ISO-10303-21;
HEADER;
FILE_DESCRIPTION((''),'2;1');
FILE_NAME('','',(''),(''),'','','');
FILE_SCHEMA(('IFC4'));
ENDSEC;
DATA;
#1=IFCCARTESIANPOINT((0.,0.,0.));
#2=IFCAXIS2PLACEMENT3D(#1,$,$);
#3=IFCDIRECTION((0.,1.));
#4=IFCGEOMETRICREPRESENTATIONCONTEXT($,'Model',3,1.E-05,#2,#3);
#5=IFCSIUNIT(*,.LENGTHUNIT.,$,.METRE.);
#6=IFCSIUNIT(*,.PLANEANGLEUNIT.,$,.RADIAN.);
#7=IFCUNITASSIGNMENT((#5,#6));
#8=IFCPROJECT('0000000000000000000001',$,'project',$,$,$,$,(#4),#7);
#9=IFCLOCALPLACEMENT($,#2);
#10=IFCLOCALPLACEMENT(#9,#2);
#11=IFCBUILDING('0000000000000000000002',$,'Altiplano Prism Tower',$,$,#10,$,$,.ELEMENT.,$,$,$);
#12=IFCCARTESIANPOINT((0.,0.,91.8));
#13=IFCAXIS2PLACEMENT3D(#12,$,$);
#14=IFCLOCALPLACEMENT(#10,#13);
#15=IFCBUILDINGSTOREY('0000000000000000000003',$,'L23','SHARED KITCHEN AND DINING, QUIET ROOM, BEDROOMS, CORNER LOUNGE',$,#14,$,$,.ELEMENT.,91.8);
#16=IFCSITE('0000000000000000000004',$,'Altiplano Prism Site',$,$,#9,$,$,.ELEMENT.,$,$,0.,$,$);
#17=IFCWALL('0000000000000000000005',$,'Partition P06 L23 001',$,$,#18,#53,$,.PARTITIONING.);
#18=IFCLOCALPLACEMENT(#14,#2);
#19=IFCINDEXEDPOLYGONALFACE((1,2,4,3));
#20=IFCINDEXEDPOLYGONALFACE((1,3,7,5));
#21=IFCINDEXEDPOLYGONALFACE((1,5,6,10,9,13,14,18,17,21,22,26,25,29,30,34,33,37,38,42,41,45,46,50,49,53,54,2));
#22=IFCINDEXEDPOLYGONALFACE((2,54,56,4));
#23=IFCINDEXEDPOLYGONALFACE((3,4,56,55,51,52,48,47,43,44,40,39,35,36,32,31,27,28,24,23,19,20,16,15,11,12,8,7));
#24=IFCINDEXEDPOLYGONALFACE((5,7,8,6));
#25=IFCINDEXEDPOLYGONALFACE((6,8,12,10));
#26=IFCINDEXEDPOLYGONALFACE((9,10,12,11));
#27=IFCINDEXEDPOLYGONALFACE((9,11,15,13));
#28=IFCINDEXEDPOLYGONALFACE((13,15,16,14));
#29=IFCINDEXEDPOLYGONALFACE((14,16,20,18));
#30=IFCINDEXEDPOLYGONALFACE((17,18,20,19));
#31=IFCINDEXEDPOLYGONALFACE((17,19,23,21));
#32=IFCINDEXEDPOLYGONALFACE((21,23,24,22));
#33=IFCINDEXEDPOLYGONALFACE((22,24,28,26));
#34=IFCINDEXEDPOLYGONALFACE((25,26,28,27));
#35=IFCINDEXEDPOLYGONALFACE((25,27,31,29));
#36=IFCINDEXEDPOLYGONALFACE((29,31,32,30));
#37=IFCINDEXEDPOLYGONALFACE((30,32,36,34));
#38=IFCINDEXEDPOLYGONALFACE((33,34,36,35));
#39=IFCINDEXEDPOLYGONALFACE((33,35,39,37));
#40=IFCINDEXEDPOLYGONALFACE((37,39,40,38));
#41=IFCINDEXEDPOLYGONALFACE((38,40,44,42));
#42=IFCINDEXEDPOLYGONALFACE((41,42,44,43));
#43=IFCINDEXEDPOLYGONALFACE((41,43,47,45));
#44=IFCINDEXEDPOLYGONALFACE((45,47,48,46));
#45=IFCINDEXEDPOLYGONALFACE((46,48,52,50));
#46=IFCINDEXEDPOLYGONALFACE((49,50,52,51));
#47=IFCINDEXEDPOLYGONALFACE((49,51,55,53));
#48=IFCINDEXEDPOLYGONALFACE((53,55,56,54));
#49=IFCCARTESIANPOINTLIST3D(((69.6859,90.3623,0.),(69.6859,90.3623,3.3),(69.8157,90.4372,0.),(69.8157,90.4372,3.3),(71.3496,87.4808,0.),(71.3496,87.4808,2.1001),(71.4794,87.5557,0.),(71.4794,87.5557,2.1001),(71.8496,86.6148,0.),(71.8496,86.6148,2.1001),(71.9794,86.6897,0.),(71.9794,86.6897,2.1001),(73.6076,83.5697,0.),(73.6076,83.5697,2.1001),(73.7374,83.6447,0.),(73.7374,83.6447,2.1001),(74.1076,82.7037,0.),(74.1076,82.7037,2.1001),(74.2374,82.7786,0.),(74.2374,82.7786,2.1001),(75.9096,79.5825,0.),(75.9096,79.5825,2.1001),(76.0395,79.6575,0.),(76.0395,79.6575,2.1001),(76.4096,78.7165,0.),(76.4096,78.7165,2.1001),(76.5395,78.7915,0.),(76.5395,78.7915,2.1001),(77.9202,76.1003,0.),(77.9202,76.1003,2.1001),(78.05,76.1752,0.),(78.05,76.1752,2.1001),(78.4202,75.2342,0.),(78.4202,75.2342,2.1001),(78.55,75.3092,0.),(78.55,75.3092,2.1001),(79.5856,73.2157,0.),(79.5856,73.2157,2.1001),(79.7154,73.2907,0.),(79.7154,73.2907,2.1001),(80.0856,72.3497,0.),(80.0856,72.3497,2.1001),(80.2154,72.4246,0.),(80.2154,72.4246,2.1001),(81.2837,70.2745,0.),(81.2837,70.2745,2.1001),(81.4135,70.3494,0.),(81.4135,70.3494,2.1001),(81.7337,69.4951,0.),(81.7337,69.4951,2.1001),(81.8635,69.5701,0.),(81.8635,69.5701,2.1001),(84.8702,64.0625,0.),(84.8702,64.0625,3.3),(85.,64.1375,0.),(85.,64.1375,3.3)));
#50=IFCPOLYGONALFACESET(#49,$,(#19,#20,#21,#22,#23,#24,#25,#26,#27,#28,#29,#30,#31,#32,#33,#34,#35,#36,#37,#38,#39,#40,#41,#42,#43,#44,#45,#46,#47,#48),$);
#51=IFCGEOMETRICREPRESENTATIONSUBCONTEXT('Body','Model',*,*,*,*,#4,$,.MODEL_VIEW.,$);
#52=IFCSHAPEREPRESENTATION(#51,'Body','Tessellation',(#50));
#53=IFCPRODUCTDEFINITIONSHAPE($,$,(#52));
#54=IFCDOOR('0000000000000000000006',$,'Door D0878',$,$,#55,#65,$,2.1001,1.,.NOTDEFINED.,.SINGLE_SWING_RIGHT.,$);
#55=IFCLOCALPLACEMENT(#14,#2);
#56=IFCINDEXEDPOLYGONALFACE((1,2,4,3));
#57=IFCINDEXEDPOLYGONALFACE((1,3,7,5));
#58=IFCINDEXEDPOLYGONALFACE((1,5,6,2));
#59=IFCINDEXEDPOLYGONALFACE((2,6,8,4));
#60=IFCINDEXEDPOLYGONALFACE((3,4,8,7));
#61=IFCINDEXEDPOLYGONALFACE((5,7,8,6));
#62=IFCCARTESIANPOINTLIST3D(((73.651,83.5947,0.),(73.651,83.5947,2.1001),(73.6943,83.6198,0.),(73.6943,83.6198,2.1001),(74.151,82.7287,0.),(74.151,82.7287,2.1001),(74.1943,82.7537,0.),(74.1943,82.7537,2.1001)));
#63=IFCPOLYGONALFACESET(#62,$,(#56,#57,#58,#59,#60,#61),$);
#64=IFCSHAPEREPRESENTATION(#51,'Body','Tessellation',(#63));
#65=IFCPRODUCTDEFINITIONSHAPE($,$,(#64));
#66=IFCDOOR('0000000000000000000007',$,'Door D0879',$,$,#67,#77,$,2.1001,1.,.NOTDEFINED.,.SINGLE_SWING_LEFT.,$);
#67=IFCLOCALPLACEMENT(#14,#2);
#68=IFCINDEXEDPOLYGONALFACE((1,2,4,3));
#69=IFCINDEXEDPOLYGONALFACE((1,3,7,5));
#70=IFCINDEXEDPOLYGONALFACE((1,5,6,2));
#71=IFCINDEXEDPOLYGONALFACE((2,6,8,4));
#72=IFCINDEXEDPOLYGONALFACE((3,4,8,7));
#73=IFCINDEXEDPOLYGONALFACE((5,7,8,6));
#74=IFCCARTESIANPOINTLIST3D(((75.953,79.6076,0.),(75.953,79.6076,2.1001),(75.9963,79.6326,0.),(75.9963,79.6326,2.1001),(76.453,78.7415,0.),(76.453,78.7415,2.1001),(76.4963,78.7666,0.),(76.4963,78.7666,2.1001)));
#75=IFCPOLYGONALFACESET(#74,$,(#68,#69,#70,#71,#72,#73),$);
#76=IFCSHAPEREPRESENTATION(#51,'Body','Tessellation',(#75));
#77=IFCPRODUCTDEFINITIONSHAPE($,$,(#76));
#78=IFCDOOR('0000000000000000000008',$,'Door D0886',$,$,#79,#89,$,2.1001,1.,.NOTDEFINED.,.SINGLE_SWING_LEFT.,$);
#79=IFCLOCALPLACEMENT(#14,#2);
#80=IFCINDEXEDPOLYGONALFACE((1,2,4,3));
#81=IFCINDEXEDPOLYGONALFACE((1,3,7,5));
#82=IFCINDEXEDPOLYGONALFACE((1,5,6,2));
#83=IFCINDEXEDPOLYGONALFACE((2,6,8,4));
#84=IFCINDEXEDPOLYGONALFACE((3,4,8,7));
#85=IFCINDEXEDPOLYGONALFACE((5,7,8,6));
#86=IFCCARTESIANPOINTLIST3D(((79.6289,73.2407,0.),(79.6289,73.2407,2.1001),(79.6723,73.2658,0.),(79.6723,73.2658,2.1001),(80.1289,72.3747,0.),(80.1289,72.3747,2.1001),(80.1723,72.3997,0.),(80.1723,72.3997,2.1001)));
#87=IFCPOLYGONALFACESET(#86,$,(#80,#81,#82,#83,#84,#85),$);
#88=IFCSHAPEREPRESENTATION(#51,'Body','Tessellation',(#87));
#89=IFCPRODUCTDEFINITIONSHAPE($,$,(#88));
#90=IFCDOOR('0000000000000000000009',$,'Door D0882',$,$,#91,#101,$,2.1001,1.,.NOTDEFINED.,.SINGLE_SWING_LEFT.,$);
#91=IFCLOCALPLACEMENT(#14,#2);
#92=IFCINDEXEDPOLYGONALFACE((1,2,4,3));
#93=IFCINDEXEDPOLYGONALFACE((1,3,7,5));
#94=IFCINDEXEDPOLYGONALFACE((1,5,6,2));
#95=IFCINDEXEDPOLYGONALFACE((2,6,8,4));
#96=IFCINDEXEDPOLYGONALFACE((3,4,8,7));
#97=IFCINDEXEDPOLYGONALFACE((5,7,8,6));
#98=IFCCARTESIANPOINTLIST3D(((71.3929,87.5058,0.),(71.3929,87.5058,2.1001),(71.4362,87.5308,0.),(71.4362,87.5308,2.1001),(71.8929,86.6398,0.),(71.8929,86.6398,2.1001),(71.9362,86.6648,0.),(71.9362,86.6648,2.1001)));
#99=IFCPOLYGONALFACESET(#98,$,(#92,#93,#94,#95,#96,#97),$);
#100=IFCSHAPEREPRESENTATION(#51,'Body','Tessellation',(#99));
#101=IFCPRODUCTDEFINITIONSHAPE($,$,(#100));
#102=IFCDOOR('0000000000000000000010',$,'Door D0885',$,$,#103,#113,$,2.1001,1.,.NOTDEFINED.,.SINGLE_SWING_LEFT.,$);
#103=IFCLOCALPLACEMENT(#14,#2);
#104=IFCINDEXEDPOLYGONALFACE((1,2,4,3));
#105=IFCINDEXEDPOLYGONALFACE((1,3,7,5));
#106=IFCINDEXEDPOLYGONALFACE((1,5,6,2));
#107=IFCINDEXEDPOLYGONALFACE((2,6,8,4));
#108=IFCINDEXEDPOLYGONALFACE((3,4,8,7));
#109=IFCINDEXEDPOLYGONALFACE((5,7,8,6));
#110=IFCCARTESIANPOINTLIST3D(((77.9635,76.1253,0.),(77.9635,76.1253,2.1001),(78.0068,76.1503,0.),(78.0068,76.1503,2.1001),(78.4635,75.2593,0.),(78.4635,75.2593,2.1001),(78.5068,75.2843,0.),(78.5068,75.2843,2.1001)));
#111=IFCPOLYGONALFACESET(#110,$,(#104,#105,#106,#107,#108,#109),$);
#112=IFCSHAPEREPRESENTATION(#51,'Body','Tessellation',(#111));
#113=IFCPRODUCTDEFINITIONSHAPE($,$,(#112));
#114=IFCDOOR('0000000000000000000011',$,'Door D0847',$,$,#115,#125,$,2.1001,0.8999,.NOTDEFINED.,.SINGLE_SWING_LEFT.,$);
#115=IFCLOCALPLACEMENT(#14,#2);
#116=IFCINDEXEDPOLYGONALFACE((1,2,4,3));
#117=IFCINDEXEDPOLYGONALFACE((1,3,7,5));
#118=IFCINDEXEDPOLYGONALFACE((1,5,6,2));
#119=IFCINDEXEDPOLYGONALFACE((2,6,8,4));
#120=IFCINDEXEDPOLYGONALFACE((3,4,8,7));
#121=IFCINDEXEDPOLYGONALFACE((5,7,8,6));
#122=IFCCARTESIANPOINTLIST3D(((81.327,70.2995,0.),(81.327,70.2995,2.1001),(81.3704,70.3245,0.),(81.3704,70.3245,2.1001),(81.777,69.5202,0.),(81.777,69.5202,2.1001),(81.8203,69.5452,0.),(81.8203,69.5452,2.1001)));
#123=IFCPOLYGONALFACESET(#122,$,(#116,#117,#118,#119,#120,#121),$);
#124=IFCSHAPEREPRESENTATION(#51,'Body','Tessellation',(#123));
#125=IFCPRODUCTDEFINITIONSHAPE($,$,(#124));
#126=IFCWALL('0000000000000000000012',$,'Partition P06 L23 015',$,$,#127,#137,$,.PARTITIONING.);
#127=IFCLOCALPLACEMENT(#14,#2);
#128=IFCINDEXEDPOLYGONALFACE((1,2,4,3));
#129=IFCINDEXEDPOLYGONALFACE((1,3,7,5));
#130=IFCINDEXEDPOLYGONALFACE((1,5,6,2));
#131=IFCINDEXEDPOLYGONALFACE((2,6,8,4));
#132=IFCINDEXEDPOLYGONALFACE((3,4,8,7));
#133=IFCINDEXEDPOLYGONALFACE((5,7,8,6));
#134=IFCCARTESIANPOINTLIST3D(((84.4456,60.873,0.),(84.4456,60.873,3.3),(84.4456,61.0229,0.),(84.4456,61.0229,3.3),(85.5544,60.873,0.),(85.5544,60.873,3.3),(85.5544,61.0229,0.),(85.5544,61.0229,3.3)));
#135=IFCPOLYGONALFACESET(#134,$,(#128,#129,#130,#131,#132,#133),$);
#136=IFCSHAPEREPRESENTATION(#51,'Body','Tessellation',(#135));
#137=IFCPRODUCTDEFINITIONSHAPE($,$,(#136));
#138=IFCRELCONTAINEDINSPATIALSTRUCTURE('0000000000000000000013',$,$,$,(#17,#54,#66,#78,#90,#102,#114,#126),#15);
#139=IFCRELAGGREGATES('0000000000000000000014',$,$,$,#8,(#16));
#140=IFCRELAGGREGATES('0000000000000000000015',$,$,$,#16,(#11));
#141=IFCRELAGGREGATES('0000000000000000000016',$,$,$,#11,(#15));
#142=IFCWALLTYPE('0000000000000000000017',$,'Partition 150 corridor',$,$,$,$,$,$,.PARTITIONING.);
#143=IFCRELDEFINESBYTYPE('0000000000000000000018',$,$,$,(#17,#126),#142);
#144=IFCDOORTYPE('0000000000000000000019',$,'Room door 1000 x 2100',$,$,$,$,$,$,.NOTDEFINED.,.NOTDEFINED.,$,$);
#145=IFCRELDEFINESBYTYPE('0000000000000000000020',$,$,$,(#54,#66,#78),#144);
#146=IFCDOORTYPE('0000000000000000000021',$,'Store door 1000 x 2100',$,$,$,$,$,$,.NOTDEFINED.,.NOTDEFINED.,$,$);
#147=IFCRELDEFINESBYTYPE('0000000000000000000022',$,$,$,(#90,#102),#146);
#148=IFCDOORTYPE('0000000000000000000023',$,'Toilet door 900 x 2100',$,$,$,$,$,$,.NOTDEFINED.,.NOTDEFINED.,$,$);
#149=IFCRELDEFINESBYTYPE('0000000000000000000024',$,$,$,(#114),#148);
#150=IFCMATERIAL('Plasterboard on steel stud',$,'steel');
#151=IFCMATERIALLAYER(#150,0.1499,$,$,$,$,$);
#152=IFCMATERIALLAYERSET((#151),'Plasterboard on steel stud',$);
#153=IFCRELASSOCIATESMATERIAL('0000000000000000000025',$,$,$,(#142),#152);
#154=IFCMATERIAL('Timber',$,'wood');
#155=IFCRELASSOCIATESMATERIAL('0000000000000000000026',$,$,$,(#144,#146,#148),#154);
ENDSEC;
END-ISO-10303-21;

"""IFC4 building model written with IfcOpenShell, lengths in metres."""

from ifc_helpers import new_model, si_unit, direction, frame, frame_2d, origin, place, context, subcontext, project, spatial, rectangle, extrude, material, layer, layer_set, type_object, element, fill, save


model = new_model("IFC4")

# Units and contexts
model_context = context("Model", 3, precision=1e-05, world=origin(), true_north=direction((0.0, 1.0)))
body_context = subcontext(model_context, "Body", "Model", "MODEL_VIEW")
ifc_project = project(units=[si_unit("LENGTHUNIT", "METRE"), si_unit("PLANEANGLEUNIT", "RADIAN")], contexts=[model_context])

# Site, building, storey
site_placement = place(None, origin())
site = spatial("IfcSite", under=ifc_project, at=site_placement, Name="Altiplano Prism Site", CompositionType="ELEMENT", RefElevation=0.0)
building_placement = place(site_placement, origin())
building = spatial("IfcBuilding", under=site, at=building_placement, Name="Altiplano Prism Tower", CompositionType="ELEMENT")
storey_placement = place(building_placement, frame((0.0, 0.0, 91.8)))
storey = spatial("IfcBuildingStorey", under=building, at=storey_placement, Name="L23", Description="SHARED KITCHEN AND DINING, QUIET ROOM, BEDROOMS, CORNER LOUNGE", CompositionType="ELEMENT", Elevation=91.8)

# Shared definitions
ifc_material_1 = material(Name="Plasterboard on steel stud", Category="steel")

# Wall, openings, doors
ifc_layer_1 = layer(ifc_material_1, 0.1499)
ifc_layer_set_1 = layer_set([ifc_layer_1], Name="Plasterboard on steel stud")
wall_type_1 = type_object("IfcWallType", Name="Partition 150 corridor", PredefinedType="PARTITIONING", material=ifc_layer_set_1)
wall_1_placement = place(storey_placement, frame((84.9351, 64.1001, 0.0), z_axis=(0.0, 0.0, 1.0), x_axis=(-0.500003, 0.866024, 0.0)))
wall_1 = element("IfcWall", 1, at=wall_1_placement, inside=storey, type_object=wall_type_1, Name="Partition P06 L23 001", PredefinedType="PARTITIONING", context=body_context, shape_type="SweptSolid", body=[
    extrude(rectangle(XDim=30.3684, YDim=0.1499, at=frame_2d((15.1841, 0.0))), origin(), (0.0, 0.0, 1.0), 3.3),
])
opening_1_placement = place(wall_1_placement, frame((6.2729, 0.0, 0.0)))
opening_1 = element("IfcOpeningElement", 2, at=opening_1_placement, cuts=wall_1, PredefinedType="OPENING", context=body_context, shape_type="SweptSolid", body=[
    extrude(rectangle(XDim=0.8999, YDim=2.1001, at=frame_2d((0.45, 1.05))), frame((0.0, 0.0854, 0.0), z_axis=(0.0, -1.0, 0.0), x_axis=(1.0, 0.0, 0.0)), (0.0, 0.0, 1.0), 0.1709),
])
opening_2_placement = place(wall_1_placement, frame((21.5249, 0.0, 0.0)))
opening_2 = element("IfcOpeningElement", 3, at=opening_2_placement, cuts=wall_1, PredefinedType="OPENING", context=body_context, shape_type="SweptSolid", body=[
    extrude(rectangle(XDim=1.0, YDim=2.1001, at=frame_2d((0.5, 1.05))), frame((0.0, 0.0854, 0.0), z_axis=(0.0, -1.0, 0.0), x_axis=(1.0, 0.0, 0.0)), (0.0, 0.0, 1.0), 0.1709),
])
opening_3_placement = place(wall_1_placement, frame((16.9209, 0.0, 0.0)))
opening_3 = element("IfcOpeningElement", 4, at=opening_3_placement, cuts=wall_1, PredefinedType="OPENING", context=body_context, shape_type="SweptSolid", body=[
    extrude(rectangle(XDim=1.0, YDim=2.1001, at=frame_2d((0.5, 1.05))), frame((0.0, 0.0854, 0.0), z_axis=(0.0, -1.0, 0.0), x_axis=(1.0, 0.0, 0.0)), (0.0, 0.0, 1.0), 0.1709),
])
opening_4_placement = place(wall_1_placement, frame((26.041, 0.0, 0.0)))
opening_4 = element("IfcOpeningElement", 5, at=opening_4_placement, cuts=wall_1, PredefinedType="OPENING", context=body_context, shape_type="SweptSolid", body=[
    extrude(rectangle(XDim=1.0, YDim=2.1001, at=frame_2d((0.5, 1.05))), frame((0.0, 0.0854, 0.0), z_axis=(0.0, -1.0, 0.0), x_axis=(1.0, 0.0, 0.0)), (0.0, 0.0, 1.0), 0.1709),
])
opening_5_placement = place(wall_1_placement, frame((12.8999, 0.0, 0.0)))
opening_5 = element("IfcOpeningElement", 6, at=opening_5_placement, cuts=wall_1, PredefinedType="OPENING", context=body_context, shape_type="SweptSolid", body=[
    extrude(rectangle(XDim=1.0, YDim=2.1001, at=frame_2d((0.5, 1.05))), frame((0.0, 0.0854, 0.0), z_axis=(0.0, -1.0, 0.0), x_axis=(1.0, 0.0, 0.0)), (0.0, 0.0, 1.0), 0.1709),
])
opening_6_placement = place(wall_1_placement, frame((9.5691, 0.0, 0.0)))
opening_6 = element("IfcOpeningElement", 7, at=opening_6_placement, cuts=wall_1, PredefinedType="OPENING", context=body_context, shape_type="SweptSolid", body=[
    extrude(rectangle(XDim=1.0, YDim=2.1001, at=frame_2d((0.5, 1.05))), frame((0.0, 0.0854, 0.0), z_axis=(0.0, -1.0, 0.0), x_axis=(1.0, 0.0, 0.0)), (0.0, 0.0, 1.0), 0.1709),
])
ifc_material_2 = material(Name="Timber", Category="wood")
door_type_1 = type_object("IfcDoorType", Name="Room door 1000 x 2100", OperationType="NOTDEFINED", PredefinedType="NOTDEFINED", material=ifc_material_2)
door_1_placement = place(opening_2_placement, origin())
door_1 = element("IfcDoor", 8, at=door_1_placement, inside=storey, type_object=door_type_1, Name="Door D0878", OperationType="SINGLE_SWING_RIGHT", OverallHeight=2.1001, OverallWidth=1.0, PredefinedType="NOTDEFINED", context=body_context, shape_type="SweptSolid", body=[
    extrude(rectangle(XDim=1.0, YDim=2.1001, at=frame_2d((0.5, 1.05))), frame((0.0, 0.0249, 0.0), z_axis=(0.0, -1.0, 0.0), x_axis=(1.0, 0.0, 0.0)), (0.0, 0.0, 1.0), 0.05),
])
fill(opening_2, door_1)
door_2_placement = place(opening_3_placement, origin())
door_2 = element("IfcDoor", 9, at=door_2_placement, inside=storey, type_object=door_type_1, Name="Door D0879", OperationType="SINGLE_SWING_LEFT", OverallHeight=2.1001, OverallWidth=1.0, PredefinedType="NOTDEFINED", context=body_context, shape_type="SweptSolid", body=[
    extrude(rectangle(XDim=1.0, YDim=2.1001, at=frame_2d((0.5, 1.05))), frame((0.0, 0.0249, 0.0), z_axis=(0.0, -1.0, 0.0), x_axis=(1.0, 0.0, 0.0)), (0.0, 0.0, 1.0), 0.05),
])
fill(opening_3, door_2)
door_3_placement = place(opening_6_placement, origin())
door_3 = element("IfcDoor", 10, at=door_3_placement, inside=storey, type_object=door_type_1, Name="Door D0886", OperationType="SINGLE_SWING_LEFT", OverallHeight=2.1001, OverallWidth=1.0, PredefinedType="NOTDEFINED", context=body_context, shape_type="SweptSolid", body=[
    extrude(rectangle(XDim=1.0, YDim=2.1001, at=frame_2d((0.5, 1.05))), frame((0.0, 0.0249, 0.0), z_axis=(0.0, -1.0, 0.0), x_axis=(1.0, 0.0, 0.0)), (0.0, 0.0, 1.0), 0.05),
])
fill(opening_6, door_3)
door_type_2 = type_object("IfcDoorType", Name="Store door 1000 x 2100", OperationType="NOTDEFINED", PredefinedType="NOTDEFINED", material=ifc_material_2)
door_4_placement = place(opening_4_placement, origin())
door_4 = element("IfcDoor", 11, at=door_4_placement, inside=storey, type_object=door_type_2, Name="Door D0882", OperationType="SINGLE_SWING_LEFT", OverallHeight=2.1001, OverallWidth=1.0, PredefinedType="NOTDEFINED", context=body_context, shape_type="SweptSolid", body=[
    extrude(rectangle(XDim=1.0, YDim=2.1001, at=frame_2d((0.5, 1.05))), frame((0.0, 0.0249, 0.0), z_axis=(0.0, -1.0, 0.0), x_axis=(1.0, 0.0, 0.0)), (0.0, 0.0, 1.0), 0.05),
])
fill(opening_4, door_4)
door_5_placement = place(opening_5_placement, origin())
door_5 = element("IfcDoor", 12, at=door_5_placement, inside=storey, type_object=door_type_2, Name="Door D0885", OperationType="SINGLE_SWING_LEFT", OverallHeight=2.1001, OverallWidth=1.0, PredefinedType="NOTDEFINED", context=body_context, shape_type="SweptSolid", body=[
    extrude(rectangle(XDim=1.0, YDim=2.1001, at=frame_2d((0.5, 1.05))), frame((0.0, 0.0249, 0.0), z_axis=(0.0, -1.0, 0.0), x_axis=(1.0, 0.0, 0.0)), (0.0, 0.0, 1.0), 0.05),
])
fill(opening_5, door_5)
door_type_3 = type_object("IfcDoorType", Name="Toilet door 900 x 2100", OperationType="NOTDEFINED", PredefinedType="NOTDEFINED", material=ifc_material_2)
door_6_placement = place(opening_1_placement, origin())
door_6 = element("IfcDoor", 13, at=door_6_placement, inside=storey, type_object=door_type_3, Name="Door D0847", OperationType="SINGLE_SWING_LEFT", OverallHeight=2.1001, OverallWidth=0.8999, PredefinedType="NOTDEFINED", context=body_context, shape_type="SweptSolid", body=[
    extrude(rectangle(XDim=0.8999, YDim=2.1001, at=frame_2d((0.45, 1.05))), frame((0.0, 0.0249, 0.0), z_axis=(0.0, -1.0, 0.0), x_axis=(1.0, 0.0, 0.0)), (0.0, 0.0, 1.0), 0.05),
])
fill(opening_1, door_6)

# Wall
wall_2_placement = place(storey_placement, frame((84.4456, 60.948, 0.0), z_axis=(0.0, 0.0, 1.0), x_axis=(1.0, 0.0, 0.0)))
element("IfcWall", 14, at=wall_2_placement, inside=storey, type_object=wall_type_1, Name="Partition P06 L23 015", PredefinedType="PARTITIONING", context=body_context, shape_type="SweptSolid", body=[
    extrude(rectangle(XDim=1.1089, YDim=0.1499, at=frame_2d((0.5544, 0.0))), origin(), (0.0, 0.0, 1.0), 3.3),
])

save(model, "model.ifc")
